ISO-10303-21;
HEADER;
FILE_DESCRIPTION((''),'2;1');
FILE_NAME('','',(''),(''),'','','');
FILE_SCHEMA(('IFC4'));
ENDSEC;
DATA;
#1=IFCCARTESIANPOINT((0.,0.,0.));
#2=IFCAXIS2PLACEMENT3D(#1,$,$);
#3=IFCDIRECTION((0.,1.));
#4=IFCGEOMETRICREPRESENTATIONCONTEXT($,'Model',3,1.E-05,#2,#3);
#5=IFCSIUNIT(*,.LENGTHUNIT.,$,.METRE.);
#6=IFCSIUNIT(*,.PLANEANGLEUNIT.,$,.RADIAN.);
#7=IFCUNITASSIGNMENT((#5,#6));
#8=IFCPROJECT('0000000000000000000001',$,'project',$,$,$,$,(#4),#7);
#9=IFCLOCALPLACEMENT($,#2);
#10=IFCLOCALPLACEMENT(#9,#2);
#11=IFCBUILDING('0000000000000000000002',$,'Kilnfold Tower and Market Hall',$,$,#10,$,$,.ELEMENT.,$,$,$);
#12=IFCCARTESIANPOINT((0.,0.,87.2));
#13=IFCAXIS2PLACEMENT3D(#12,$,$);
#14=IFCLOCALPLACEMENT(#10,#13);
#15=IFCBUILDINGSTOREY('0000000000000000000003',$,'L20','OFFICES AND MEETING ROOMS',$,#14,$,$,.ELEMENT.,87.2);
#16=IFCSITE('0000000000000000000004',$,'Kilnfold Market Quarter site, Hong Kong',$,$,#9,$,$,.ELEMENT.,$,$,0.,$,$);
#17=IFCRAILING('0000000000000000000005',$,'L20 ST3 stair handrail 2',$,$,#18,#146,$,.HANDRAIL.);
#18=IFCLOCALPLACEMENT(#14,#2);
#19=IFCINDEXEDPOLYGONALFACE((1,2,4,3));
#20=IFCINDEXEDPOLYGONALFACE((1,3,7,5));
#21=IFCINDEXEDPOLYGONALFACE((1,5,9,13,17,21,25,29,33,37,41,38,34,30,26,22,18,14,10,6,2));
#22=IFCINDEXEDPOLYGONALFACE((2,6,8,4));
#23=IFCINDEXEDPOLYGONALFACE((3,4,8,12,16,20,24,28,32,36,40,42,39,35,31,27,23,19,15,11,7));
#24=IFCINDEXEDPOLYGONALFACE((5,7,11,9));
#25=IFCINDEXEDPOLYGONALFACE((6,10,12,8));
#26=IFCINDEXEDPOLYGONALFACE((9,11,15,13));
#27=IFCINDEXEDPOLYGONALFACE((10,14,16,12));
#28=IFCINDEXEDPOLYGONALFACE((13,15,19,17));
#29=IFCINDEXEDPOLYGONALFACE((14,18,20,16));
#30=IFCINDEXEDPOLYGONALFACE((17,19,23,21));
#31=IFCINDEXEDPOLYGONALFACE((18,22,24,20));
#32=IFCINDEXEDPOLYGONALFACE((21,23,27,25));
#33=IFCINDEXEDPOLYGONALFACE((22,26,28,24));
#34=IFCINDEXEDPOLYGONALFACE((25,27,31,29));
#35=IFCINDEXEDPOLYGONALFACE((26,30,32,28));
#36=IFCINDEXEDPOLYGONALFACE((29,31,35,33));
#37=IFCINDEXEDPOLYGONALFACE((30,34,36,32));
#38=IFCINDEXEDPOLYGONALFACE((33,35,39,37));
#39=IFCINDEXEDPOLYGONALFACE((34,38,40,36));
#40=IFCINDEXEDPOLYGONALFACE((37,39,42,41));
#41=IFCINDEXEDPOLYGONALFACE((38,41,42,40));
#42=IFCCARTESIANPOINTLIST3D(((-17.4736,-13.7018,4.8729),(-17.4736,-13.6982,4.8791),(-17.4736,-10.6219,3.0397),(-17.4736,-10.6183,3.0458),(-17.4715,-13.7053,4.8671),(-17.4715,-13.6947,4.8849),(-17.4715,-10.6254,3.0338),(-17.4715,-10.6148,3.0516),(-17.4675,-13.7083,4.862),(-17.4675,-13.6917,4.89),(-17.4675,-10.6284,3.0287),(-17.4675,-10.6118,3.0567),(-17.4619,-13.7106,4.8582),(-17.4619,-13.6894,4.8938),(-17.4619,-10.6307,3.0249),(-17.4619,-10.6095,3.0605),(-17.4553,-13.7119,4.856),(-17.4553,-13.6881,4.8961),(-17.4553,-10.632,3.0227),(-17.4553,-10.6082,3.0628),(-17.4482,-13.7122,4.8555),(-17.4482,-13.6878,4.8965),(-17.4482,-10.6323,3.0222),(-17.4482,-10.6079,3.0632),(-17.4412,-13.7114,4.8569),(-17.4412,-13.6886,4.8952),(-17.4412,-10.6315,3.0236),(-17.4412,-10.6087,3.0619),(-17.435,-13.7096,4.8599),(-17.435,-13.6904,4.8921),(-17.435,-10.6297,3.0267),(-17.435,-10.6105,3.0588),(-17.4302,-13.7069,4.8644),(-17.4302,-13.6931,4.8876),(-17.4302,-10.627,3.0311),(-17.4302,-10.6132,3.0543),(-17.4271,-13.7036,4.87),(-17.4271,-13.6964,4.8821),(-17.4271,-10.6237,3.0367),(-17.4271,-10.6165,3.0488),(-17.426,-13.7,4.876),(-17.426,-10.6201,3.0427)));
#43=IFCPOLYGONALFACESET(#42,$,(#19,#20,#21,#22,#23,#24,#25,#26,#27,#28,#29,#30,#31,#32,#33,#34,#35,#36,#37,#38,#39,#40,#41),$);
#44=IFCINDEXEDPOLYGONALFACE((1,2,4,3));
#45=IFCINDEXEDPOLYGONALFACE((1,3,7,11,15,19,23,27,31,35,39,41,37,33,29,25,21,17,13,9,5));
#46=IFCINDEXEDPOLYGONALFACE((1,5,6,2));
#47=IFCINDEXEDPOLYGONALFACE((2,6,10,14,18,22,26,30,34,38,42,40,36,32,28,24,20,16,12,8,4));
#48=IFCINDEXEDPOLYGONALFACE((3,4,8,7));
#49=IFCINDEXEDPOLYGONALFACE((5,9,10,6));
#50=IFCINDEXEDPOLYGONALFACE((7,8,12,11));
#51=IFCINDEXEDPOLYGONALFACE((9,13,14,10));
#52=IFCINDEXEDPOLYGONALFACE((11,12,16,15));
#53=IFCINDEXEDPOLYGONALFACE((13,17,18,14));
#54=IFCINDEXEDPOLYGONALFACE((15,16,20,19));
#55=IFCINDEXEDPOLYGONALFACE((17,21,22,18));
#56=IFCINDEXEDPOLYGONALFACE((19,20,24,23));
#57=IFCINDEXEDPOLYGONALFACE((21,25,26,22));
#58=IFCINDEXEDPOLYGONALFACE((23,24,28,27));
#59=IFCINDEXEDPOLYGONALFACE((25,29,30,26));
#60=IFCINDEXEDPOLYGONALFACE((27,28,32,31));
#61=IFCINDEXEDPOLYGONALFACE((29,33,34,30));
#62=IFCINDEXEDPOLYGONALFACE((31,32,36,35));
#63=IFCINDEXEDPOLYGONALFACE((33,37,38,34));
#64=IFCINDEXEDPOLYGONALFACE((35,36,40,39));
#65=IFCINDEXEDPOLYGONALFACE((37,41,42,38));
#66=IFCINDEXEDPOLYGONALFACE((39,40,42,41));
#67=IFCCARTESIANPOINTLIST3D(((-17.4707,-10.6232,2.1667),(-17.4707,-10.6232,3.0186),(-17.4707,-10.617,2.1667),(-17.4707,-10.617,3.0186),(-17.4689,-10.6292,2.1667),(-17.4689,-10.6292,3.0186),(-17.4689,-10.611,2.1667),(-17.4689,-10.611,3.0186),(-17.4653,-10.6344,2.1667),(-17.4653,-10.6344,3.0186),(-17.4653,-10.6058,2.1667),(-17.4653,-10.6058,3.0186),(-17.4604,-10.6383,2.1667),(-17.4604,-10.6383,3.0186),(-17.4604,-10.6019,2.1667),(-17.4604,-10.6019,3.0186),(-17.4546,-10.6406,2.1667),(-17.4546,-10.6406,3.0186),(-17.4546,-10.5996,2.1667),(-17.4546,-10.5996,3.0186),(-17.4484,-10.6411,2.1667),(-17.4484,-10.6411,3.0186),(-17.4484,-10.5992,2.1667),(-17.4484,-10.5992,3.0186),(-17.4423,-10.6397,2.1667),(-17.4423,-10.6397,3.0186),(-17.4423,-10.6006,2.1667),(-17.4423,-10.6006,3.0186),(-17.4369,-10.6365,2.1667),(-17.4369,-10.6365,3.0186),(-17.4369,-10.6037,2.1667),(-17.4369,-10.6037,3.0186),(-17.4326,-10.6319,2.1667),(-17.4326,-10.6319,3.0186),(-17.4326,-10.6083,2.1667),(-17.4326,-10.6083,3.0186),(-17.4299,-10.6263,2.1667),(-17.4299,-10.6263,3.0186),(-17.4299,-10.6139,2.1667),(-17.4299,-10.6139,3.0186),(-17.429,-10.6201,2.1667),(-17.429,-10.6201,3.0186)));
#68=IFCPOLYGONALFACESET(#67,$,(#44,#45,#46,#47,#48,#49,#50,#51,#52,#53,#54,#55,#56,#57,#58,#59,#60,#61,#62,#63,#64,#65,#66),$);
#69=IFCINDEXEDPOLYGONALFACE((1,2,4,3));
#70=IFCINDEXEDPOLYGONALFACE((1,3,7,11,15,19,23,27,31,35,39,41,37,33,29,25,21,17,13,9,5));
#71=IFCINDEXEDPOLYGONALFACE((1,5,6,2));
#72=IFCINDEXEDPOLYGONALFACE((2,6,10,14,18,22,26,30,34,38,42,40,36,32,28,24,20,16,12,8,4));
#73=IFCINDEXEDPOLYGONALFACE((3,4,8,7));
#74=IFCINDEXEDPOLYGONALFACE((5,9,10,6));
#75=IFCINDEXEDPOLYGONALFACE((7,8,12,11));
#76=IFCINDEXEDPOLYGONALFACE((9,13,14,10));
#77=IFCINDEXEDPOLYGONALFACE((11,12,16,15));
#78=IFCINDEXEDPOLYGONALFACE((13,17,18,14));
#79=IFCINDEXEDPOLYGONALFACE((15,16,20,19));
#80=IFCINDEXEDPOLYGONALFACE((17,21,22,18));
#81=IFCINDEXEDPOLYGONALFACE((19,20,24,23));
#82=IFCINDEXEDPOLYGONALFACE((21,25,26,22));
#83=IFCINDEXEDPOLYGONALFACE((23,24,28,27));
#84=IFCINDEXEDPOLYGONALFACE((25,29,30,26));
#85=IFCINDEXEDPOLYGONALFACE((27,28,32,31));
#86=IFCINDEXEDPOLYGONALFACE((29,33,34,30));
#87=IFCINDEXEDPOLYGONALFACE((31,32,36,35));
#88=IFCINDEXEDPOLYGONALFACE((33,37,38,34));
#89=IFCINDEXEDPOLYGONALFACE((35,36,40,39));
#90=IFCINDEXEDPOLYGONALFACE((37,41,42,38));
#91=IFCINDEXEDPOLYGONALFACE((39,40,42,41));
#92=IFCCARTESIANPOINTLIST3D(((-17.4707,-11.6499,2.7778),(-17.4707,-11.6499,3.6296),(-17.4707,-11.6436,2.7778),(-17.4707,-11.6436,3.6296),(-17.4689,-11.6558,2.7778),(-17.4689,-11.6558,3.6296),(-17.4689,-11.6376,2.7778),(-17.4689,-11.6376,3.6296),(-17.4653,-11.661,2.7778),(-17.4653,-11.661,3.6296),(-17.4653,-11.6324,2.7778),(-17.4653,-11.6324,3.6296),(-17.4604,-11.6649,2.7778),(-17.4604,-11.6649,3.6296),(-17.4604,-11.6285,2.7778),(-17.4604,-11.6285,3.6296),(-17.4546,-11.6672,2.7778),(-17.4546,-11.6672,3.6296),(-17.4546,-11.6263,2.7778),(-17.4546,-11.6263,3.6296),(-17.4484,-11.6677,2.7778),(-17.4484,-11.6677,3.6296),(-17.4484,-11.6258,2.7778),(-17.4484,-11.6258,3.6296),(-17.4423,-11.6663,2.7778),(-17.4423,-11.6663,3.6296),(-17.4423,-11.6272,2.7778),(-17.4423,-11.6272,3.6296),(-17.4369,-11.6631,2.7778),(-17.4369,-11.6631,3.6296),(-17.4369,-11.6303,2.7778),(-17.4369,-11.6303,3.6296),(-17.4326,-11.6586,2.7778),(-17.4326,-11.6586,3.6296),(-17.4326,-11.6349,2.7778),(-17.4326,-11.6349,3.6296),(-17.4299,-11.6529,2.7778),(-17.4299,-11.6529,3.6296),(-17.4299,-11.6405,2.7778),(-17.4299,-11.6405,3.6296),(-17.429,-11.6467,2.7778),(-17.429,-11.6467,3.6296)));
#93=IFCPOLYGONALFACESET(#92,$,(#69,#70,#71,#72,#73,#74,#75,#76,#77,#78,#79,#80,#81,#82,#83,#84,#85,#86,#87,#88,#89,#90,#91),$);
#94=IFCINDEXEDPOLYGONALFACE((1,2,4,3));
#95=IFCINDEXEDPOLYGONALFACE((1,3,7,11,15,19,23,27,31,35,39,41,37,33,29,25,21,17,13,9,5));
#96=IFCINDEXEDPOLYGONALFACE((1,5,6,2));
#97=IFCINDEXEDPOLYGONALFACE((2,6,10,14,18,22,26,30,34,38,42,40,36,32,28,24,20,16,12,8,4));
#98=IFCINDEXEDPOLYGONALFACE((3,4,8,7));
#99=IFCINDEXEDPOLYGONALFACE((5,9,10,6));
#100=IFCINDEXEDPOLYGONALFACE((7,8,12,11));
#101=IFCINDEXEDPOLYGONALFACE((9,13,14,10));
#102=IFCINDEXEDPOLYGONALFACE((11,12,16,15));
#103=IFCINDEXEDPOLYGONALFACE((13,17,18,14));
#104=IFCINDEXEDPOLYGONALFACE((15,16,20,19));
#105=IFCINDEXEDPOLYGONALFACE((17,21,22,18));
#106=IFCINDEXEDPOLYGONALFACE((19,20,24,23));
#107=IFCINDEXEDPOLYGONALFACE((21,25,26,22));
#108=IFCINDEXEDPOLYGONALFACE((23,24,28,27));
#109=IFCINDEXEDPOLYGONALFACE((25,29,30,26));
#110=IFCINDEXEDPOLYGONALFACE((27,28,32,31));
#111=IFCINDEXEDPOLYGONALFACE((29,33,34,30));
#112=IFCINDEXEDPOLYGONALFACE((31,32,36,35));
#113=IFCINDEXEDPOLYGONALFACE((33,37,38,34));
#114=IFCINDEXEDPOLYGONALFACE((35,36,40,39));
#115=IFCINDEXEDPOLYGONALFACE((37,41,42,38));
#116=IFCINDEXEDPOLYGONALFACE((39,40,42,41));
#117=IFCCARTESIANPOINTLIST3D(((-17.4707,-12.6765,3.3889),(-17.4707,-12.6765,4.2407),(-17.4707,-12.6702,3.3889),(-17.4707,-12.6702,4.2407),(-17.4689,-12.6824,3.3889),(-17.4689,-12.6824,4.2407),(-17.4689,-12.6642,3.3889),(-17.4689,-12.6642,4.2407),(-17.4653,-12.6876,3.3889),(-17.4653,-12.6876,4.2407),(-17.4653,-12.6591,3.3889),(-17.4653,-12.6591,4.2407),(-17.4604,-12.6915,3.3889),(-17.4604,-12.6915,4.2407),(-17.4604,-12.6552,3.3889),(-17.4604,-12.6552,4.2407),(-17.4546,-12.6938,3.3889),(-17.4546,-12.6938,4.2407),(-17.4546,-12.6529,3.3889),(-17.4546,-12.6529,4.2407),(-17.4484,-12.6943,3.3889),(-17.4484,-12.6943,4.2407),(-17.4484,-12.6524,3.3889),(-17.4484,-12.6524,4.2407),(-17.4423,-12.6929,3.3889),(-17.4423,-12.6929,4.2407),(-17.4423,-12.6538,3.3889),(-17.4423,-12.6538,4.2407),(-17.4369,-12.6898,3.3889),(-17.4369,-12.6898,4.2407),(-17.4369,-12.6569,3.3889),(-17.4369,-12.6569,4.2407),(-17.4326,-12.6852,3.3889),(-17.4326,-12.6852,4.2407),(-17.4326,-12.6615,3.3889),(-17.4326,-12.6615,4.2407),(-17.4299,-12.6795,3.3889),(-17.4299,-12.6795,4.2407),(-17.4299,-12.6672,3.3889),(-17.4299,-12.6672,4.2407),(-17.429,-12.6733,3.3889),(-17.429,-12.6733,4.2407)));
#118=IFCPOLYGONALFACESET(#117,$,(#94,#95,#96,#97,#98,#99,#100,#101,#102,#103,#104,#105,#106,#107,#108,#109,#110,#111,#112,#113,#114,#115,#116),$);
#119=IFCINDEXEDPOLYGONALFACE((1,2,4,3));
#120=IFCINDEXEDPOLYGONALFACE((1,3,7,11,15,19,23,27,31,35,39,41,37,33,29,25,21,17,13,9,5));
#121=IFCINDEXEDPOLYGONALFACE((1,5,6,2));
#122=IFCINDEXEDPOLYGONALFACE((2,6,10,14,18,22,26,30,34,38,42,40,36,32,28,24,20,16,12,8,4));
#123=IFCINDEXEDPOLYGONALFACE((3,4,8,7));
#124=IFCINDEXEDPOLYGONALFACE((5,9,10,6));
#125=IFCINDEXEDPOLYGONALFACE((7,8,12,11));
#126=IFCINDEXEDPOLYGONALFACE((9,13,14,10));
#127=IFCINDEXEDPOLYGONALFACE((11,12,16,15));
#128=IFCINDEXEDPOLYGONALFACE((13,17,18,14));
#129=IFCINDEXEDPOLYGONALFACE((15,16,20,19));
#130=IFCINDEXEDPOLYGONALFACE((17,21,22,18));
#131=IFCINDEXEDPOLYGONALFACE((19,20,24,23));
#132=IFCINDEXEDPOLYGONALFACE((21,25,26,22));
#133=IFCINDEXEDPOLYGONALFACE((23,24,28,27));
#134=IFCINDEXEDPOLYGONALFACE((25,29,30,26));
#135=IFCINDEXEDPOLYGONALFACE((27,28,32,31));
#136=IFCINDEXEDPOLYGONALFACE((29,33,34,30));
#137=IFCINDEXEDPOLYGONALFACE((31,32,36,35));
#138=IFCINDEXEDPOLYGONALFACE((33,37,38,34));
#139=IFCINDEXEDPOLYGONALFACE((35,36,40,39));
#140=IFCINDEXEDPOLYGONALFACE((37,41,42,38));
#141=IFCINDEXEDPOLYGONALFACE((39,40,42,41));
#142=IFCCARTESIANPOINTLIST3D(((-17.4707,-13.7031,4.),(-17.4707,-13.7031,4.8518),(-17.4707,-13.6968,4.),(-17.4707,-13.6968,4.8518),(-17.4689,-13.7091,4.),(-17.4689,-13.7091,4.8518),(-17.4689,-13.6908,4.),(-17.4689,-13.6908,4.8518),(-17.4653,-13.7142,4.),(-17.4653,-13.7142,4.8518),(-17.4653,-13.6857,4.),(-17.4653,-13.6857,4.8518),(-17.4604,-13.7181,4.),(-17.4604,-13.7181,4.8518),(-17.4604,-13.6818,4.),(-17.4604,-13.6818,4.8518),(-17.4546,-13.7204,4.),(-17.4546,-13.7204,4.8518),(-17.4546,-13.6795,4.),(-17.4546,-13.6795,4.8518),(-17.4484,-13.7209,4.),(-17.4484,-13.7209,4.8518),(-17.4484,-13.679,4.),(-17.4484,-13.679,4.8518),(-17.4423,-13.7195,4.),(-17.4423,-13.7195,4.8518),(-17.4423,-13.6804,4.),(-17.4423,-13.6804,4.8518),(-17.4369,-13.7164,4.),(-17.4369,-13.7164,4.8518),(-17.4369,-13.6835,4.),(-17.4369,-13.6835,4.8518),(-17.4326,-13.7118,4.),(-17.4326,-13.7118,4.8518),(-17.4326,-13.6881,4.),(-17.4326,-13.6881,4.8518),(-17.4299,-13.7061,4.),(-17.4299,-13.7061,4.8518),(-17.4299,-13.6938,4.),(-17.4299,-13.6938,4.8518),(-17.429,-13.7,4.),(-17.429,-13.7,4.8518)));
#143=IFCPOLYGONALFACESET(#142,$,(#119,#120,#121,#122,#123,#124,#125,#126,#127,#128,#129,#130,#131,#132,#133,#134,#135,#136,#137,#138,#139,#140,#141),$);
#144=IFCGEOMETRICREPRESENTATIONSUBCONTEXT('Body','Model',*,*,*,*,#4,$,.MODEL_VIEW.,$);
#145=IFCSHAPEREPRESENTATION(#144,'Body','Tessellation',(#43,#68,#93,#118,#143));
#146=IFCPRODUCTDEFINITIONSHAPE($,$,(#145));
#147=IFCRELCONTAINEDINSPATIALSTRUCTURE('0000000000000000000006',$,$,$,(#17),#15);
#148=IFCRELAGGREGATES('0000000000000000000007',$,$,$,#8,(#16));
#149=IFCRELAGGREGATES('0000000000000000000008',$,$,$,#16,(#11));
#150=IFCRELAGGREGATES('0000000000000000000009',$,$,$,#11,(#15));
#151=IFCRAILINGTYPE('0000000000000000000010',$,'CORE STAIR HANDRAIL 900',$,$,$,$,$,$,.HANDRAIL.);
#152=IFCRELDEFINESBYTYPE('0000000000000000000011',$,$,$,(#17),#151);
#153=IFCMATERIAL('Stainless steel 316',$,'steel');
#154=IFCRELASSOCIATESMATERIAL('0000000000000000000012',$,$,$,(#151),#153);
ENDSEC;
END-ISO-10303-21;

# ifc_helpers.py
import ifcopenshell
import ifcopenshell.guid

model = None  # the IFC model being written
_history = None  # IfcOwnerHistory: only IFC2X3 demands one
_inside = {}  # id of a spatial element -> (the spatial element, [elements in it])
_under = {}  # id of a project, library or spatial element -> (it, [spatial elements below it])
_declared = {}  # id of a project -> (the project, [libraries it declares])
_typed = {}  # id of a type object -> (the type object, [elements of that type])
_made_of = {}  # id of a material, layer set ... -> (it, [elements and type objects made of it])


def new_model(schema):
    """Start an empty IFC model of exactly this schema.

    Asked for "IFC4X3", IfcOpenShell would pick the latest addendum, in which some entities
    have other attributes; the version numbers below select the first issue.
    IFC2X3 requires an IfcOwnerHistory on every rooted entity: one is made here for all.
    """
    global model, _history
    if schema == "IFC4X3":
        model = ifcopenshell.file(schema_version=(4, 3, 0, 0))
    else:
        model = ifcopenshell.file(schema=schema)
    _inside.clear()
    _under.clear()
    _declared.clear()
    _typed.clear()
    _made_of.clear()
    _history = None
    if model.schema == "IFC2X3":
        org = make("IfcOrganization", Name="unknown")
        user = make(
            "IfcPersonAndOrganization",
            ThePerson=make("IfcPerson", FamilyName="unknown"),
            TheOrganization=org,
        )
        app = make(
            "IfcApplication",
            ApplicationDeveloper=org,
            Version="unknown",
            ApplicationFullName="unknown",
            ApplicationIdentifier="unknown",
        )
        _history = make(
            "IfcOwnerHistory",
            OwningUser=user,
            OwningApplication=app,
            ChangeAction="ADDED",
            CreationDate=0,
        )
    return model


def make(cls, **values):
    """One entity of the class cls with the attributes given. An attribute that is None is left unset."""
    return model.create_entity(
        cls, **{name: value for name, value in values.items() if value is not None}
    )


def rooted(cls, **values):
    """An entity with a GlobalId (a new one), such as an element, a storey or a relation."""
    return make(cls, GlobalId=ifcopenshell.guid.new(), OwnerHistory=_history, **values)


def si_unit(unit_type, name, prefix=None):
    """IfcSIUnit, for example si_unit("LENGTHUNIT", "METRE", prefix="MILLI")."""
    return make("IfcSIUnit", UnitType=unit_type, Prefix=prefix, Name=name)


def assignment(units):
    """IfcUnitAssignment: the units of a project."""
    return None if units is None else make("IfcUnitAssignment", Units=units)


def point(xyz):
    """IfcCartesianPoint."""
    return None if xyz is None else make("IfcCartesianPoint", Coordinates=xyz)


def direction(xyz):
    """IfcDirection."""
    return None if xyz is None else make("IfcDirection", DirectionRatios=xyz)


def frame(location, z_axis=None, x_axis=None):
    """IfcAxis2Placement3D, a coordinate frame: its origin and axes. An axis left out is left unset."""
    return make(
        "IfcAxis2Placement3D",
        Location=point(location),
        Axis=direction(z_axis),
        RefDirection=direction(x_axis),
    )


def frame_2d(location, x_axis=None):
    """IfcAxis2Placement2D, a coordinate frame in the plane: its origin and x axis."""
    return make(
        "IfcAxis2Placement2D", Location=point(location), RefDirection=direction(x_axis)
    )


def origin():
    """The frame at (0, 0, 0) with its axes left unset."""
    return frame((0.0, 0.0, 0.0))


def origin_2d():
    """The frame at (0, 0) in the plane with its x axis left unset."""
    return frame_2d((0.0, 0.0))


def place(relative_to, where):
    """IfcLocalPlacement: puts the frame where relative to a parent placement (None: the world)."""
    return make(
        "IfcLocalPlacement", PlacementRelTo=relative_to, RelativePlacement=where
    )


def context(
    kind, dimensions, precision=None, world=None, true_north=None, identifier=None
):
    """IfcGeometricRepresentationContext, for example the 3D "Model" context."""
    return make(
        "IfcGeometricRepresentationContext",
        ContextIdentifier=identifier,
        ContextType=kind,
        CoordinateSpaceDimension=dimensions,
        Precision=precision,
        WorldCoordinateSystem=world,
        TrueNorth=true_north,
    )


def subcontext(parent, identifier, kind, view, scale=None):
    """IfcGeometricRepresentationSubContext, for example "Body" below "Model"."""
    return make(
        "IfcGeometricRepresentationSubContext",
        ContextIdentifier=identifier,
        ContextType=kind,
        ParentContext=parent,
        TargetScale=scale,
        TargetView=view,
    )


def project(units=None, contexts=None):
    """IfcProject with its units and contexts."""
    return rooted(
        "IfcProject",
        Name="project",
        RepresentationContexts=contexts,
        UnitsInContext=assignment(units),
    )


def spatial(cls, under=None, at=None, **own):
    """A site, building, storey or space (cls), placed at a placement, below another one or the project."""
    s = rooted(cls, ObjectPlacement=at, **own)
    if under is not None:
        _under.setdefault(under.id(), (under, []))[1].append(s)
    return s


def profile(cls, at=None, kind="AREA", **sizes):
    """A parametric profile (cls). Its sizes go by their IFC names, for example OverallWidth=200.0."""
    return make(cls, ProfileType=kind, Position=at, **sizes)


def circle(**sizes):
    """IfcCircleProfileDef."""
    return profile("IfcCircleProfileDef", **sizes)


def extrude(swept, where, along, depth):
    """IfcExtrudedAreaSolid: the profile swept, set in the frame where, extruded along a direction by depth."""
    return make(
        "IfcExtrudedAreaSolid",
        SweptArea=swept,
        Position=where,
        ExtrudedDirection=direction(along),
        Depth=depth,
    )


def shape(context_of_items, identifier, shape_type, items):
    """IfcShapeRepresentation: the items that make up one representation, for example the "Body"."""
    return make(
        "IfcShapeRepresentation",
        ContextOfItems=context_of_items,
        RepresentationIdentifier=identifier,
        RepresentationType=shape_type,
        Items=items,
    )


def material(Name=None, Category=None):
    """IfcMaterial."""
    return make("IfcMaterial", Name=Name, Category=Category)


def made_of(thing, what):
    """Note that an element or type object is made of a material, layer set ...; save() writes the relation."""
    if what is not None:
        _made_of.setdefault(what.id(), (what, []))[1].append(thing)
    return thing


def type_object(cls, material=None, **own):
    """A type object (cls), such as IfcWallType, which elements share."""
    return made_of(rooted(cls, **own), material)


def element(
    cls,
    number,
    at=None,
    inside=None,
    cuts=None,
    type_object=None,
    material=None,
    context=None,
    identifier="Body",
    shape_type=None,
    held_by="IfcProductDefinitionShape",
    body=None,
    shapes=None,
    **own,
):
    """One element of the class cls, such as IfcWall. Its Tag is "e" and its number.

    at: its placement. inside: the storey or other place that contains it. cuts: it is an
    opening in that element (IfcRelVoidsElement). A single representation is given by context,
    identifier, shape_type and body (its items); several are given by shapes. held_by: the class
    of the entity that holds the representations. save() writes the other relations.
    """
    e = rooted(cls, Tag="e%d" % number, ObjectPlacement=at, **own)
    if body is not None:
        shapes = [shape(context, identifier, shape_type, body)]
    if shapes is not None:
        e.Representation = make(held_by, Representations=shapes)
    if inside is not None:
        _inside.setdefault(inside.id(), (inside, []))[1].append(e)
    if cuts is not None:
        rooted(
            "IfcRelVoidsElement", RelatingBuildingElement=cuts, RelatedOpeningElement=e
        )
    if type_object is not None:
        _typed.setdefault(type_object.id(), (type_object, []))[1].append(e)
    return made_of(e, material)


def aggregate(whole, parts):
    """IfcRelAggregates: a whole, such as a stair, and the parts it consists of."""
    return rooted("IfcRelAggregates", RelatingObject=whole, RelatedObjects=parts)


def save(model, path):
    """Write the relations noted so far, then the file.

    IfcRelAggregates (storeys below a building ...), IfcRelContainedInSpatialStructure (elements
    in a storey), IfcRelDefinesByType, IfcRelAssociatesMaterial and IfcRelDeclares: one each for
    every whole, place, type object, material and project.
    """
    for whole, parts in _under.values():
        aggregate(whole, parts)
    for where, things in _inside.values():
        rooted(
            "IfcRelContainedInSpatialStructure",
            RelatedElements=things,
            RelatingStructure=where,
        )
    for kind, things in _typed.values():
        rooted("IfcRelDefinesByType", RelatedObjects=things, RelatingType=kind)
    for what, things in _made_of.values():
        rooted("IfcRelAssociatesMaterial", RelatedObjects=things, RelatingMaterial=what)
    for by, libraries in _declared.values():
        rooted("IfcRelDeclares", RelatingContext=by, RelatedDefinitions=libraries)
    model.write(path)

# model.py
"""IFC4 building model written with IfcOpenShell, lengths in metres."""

from ifc_helpers import new_model, si_unit, direction, frame, origin, origin_2d, place, context, subcontext, project, spatial, circle, extrude, material, type_object, element, save


model = new_model("IFC4")

# Units and contexts
model_context = context("Model", 3, precision=1e-05, world=origin(), true_north=direction((0.0, 1.0)))
body_context = subcontext(model_context, "Body", "Model", "MODEL_VIEW")
ifc_project = project(units=[si_unit("LENGTHUNIT", "METRE"), si_unit("PLANEANGLEUNIT", "RADIAN")], contexts=[model_context])

# Site, building, storey
site_placement = place(None, origin())
site = spatial("IfcSite", under=ifc_project, at=site_placement, Name="Kilnfold Market Quarter site, Hong Kong", CompositionType="ELEMENT", RefElevation=0.0)
building_placement = place(site_placement, origin())
building = spatial("IfcBuilding", under=site, at=building_placement, Name="Kilnfold Tower and Market Hall", CompositionType="ELEMENT")
storey_placement = place(building_placement, frame((0.0, 0.0, 87.2)))
storey = spatial("IfcBuildingStorey", under=building, at=storey_placement, Name="L20", Description="OFFICES AND MEETING ROOMS", CompositionType="ELEMENT", Elevation=87.2)

# Railing
ifc_material_1 = material(Name="Stainless steel 316", Category="steel")
railing_type_1 = type_object("IfcRailingType", Name="CORE STAIR HANDRAIL 900", PredefinedType="HANDRAIL", material=ifc_material_1)
railing_1_placement = place(storey_placement, frame((-17.45, -10.6201, 2.1667)))
element("IfcRailing", 1, at=railing_1_placement, inside=storey, type_object=railing_type_1, Name="L20 ST3 stair handrail 2", PredefinedType="HANDRAIL", context=body_context, shape_type="SweptSolid", body=[
    extrude(circle(Radius=0.0239, at=origin_2d()), frame((0.0, 0.0, 0.876), z_axis=(0.0, -0.859291, 0.511487), x_axis=(1.0, 0.0, 0.0)), (0.0, 0.0, 1.0), 3.5842),
    extrude(circle(Radius=0.021, at=origin_2d()), origin(), (0.0, 0.0, 1.0), 0.8518),
    extrude(circle(Radius=0.021, at=origin_2d()), frame((0.0, -1.0266, 0.6111)), (0.0, 0.0, 1.0), 0.8518),
    extrude(circle(Radius=0.021, at=origin_2d()), frame((0.0, -2.0532, 1.2222)), (0.0, 0.0, 1.0), 0.8518),
    extrude(circle(Radius=0.021, at=origin_2d()), frame((0.0, -3.0798, 1.8333)), (0.0, 0.0, 1.0), 0.8518),
])

save(model, "model.ifc")
